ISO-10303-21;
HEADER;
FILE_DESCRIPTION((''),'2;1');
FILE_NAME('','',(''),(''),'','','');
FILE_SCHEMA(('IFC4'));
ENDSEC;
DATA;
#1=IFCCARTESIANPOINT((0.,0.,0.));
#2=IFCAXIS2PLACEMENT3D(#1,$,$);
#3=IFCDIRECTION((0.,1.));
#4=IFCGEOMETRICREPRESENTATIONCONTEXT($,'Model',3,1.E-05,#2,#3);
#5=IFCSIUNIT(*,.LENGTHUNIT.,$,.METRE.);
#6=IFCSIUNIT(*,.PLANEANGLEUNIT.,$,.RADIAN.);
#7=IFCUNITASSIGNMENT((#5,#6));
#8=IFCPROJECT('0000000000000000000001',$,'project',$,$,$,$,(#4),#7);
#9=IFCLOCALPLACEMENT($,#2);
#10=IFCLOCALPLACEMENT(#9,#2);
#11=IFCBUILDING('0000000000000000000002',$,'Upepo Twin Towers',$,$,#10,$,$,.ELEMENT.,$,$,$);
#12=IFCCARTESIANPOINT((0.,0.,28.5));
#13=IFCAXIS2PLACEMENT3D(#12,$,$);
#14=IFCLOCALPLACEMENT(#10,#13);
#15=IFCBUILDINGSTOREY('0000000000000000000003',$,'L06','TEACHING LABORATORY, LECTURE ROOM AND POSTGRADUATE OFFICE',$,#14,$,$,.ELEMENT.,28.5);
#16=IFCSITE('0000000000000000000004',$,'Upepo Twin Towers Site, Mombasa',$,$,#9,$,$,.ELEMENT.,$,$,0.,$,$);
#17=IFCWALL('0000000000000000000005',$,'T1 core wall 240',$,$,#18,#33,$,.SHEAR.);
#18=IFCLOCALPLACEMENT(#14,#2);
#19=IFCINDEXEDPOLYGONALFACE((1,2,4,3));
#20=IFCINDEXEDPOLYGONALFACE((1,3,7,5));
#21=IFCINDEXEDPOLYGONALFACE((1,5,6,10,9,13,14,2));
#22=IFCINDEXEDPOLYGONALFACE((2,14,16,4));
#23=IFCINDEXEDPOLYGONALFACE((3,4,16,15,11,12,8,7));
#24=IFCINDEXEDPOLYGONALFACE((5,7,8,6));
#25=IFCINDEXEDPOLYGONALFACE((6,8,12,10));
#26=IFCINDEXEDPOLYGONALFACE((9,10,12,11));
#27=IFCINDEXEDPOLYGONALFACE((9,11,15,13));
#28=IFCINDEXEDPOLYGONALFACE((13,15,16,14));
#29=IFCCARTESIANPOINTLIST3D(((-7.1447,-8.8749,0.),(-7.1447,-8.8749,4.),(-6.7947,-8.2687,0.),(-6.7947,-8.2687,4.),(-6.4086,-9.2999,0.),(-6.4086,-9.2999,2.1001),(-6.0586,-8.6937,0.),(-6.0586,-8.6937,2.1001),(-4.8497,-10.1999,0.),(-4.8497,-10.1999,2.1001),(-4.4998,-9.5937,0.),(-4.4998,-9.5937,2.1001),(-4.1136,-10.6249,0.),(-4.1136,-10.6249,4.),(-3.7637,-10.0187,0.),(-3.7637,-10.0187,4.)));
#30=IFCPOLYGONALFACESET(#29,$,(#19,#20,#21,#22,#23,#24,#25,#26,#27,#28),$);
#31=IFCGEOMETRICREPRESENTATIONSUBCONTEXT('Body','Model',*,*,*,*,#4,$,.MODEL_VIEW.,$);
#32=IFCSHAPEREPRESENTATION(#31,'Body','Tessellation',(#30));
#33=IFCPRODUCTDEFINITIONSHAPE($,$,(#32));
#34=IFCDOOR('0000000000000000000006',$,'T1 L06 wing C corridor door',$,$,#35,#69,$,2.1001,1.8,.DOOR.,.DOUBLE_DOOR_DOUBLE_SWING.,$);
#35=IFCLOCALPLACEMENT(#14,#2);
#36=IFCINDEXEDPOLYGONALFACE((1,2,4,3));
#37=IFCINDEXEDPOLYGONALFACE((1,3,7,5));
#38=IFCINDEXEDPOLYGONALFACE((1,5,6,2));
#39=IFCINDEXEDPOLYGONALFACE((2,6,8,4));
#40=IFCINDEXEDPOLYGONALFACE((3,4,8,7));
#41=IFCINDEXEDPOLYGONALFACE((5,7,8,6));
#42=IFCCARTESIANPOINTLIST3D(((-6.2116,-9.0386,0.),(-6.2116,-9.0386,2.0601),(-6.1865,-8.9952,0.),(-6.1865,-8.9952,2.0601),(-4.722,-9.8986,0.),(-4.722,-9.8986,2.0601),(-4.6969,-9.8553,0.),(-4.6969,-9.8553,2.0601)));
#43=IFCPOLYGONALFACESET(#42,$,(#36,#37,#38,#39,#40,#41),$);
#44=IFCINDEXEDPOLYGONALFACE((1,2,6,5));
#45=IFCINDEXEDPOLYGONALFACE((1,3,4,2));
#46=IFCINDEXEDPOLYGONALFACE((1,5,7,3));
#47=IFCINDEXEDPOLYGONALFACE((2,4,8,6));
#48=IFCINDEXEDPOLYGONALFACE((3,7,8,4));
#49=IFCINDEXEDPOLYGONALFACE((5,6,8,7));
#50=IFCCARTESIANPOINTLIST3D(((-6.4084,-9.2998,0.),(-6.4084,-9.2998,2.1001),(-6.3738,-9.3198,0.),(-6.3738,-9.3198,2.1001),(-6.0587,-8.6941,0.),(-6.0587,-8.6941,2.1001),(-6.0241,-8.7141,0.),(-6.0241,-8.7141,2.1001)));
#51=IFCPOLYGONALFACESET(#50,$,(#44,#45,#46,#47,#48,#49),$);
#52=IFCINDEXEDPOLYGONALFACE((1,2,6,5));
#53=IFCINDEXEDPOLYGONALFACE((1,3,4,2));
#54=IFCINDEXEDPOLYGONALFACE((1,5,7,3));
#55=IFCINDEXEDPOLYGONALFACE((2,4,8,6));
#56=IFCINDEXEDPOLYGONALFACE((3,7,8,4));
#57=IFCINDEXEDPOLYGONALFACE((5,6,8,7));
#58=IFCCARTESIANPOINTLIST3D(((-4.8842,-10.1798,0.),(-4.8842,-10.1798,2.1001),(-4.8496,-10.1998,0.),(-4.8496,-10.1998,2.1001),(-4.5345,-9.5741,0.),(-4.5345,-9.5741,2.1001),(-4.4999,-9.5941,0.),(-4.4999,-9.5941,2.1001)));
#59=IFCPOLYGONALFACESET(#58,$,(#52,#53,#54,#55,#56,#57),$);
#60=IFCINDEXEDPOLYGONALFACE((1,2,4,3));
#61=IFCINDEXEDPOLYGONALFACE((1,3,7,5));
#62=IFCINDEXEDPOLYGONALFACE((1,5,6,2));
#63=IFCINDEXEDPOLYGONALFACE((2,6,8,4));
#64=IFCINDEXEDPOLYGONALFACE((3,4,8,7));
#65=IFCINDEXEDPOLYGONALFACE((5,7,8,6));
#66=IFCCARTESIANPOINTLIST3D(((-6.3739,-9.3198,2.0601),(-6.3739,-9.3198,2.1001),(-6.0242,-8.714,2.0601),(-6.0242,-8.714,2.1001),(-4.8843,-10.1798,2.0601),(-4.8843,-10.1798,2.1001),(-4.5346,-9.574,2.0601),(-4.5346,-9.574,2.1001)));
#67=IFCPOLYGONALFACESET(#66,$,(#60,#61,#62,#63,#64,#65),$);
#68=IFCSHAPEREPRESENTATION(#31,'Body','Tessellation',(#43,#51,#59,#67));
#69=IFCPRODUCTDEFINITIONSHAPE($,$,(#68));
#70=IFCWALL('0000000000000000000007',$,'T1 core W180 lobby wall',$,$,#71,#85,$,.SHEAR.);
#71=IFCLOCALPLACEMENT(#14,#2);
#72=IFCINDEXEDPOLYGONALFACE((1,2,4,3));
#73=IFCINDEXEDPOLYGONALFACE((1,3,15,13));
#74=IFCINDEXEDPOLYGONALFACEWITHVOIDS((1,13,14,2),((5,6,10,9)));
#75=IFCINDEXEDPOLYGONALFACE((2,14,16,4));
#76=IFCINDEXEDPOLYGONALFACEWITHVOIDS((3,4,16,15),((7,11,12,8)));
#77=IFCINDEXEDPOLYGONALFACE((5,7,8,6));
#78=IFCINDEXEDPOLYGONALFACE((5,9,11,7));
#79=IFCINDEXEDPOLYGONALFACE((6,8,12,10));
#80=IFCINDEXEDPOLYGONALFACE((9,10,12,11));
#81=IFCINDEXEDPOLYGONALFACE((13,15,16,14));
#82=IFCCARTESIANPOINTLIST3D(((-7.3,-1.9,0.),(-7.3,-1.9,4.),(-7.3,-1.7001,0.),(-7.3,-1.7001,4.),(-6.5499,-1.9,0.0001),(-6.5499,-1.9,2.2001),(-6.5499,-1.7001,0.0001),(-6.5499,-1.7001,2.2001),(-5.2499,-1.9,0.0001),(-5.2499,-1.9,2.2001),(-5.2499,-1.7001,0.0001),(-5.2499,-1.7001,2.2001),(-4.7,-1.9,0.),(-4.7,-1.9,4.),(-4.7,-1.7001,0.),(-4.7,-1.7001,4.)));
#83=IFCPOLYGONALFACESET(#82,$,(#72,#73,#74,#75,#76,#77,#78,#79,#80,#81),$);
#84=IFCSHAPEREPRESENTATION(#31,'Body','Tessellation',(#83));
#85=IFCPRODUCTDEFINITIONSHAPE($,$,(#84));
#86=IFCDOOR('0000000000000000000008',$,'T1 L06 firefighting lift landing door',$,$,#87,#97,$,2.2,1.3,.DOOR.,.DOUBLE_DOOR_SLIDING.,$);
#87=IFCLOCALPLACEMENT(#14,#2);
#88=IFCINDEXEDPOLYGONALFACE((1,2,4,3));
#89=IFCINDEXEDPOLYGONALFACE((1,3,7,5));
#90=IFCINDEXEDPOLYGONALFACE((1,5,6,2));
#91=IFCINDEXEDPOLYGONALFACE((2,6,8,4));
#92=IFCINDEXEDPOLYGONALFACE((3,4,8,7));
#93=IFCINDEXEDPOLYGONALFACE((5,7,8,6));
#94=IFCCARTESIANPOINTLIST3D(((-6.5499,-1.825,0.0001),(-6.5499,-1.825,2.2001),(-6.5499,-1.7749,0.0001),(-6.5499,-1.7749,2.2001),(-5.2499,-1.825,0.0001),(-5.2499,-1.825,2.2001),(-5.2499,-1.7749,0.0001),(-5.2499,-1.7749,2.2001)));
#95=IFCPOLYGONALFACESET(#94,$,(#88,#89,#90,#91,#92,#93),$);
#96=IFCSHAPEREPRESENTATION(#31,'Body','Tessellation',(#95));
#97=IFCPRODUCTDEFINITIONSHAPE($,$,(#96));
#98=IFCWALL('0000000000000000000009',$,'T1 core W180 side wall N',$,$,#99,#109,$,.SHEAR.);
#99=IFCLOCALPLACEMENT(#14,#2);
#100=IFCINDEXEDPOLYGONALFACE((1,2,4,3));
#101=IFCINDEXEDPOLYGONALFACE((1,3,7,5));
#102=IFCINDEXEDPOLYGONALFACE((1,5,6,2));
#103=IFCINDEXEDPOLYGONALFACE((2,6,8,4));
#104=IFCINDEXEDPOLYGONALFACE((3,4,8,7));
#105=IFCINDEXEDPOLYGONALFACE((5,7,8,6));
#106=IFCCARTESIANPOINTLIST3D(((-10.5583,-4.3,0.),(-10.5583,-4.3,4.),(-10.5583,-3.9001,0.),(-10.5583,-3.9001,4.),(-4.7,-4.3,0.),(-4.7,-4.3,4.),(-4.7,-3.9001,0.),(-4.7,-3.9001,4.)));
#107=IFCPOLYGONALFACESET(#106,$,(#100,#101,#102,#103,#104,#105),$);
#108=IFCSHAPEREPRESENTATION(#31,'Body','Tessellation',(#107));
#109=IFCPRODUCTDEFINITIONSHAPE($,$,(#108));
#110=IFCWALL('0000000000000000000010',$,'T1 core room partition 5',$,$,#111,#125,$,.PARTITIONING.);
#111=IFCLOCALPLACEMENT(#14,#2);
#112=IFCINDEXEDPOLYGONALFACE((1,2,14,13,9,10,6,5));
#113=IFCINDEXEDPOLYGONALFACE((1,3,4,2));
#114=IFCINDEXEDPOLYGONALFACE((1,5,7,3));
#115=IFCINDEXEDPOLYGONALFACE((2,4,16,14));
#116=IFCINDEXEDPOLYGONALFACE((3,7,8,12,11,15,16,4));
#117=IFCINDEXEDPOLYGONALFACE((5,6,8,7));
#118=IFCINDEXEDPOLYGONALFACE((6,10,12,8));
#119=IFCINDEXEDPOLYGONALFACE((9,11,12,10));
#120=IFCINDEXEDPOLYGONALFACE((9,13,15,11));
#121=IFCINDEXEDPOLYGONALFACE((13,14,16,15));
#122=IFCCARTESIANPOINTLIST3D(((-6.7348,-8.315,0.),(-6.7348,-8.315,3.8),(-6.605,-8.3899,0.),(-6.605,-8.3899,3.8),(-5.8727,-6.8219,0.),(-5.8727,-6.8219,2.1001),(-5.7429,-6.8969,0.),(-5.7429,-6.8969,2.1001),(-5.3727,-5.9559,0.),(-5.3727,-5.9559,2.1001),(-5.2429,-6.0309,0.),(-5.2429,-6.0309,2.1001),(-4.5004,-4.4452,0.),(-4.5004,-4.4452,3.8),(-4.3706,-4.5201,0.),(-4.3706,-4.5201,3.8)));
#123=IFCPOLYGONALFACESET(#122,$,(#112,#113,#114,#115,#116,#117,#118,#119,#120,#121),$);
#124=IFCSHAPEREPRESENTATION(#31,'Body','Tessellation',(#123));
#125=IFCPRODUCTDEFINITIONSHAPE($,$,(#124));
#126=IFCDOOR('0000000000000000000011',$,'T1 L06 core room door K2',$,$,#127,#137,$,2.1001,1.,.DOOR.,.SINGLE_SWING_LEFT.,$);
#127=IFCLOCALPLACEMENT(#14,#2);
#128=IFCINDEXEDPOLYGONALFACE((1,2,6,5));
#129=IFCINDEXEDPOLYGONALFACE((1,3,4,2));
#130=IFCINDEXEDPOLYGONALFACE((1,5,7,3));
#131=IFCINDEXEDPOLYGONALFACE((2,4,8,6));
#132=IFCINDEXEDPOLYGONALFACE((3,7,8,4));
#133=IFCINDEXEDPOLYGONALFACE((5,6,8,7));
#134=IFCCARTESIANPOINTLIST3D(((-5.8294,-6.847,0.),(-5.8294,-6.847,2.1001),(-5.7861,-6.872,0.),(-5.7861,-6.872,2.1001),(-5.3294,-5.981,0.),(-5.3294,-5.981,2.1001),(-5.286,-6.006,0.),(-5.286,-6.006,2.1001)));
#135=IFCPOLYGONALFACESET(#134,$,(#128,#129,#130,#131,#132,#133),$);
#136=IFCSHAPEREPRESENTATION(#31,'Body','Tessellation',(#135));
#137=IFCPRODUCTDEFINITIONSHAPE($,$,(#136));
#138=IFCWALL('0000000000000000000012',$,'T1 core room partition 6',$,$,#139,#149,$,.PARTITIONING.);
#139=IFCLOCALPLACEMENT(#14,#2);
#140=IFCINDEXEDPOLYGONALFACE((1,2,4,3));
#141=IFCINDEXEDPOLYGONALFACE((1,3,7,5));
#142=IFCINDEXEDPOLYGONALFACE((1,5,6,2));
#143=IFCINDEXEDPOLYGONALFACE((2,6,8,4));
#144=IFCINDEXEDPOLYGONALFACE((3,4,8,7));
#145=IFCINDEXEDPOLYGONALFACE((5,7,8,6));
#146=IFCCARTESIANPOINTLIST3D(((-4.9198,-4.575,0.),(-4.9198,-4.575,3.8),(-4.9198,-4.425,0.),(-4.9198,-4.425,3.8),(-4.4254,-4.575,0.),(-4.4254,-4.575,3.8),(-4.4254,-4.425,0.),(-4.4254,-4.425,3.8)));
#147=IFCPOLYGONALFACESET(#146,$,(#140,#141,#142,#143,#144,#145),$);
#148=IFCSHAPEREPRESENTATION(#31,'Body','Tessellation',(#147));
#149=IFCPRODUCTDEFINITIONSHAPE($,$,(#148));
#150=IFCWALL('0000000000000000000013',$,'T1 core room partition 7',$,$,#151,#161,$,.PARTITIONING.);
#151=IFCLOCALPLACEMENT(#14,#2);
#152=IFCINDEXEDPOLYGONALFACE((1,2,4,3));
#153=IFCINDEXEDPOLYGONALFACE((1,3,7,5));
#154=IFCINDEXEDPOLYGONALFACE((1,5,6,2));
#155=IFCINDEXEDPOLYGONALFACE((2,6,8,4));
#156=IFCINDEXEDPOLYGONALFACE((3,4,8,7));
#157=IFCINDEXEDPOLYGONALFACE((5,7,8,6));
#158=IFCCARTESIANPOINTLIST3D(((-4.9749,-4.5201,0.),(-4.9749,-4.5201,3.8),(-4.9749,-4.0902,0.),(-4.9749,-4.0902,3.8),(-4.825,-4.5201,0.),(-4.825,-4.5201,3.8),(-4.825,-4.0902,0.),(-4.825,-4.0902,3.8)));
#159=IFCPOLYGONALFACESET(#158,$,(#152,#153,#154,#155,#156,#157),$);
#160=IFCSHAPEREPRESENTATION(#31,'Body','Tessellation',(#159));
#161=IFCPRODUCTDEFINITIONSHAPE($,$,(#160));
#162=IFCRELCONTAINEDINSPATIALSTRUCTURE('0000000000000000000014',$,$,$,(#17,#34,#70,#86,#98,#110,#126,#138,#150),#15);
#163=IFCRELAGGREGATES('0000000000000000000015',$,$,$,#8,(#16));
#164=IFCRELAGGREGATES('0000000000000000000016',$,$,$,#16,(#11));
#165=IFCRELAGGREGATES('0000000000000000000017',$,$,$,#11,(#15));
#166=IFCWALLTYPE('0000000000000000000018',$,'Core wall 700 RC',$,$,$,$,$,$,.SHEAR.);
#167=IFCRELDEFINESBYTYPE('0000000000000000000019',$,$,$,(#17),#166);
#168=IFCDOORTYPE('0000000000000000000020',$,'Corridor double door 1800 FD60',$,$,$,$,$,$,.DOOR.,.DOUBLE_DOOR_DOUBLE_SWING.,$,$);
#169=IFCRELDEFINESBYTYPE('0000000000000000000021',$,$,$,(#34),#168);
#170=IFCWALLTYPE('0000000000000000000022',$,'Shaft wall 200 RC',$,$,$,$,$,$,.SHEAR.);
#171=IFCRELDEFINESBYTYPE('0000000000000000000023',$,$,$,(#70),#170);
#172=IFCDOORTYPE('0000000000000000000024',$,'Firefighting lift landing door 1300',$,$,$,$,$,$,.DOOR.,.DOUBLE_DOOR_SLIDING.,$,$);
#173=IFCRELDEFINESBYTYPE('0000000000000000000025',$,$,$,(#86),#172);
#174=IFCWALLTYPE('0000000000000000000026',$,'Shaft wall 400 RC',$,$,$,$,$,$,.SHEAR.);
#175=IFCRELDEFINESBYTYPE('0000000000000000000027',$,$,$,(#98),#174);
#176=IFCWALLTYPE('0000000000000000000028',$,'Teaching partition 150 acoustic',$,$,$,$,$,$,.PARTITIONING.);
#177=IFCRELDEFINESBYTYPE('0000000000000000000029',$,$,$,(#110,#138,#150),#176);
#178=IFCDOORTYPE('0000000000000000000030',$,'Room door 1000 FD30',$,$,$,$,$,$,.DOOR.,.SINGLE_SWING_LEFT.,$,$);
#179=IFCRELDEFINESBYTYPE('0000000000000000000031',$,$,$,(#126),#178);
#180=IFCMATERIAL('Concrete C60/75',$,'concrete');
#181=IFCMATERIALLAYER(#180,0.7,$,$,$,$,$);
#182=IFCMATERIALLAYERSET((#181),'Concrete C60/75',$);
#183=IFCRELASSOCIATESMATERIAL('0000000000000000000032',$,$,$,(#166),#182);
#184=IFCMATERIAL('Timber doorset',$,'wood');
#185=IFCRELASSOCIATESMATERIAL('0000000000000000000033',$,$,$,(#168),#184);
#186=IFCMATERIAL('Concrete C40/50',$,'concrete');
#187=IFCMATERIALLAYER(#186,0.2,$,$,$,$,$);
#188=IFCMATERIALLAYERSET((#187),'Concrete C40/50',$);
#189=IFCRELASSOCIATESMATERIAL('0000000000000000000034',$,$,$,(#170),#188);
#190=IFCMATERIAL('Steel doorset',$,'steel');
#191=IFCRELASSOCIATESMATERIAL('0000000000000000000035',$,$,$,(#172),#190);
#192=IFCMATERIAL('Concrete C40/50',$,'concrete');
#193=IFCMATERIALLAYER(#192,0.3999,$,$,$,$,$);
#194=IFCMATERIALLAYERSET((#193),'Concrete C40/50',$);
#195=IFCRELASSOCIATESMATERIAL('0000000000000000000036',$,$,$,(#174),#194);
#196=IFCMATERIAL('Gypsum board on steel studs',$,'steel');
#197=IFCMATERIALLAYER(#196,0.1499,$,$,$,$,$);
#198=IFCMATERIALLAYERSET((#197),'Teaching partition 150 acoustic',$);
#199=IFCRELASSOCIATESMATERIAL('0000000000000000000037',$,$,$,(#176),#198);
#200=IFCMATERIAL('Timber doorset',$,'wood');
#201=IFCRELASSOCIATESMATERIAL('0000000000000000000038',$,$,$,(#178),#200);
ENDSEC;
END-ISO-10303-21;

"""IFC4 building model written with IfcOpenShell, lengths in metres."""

from ifc_helpers import new_model, si_unit, direction, frame, frame_2d, origin, place, context, subcontext, project, spatial, rectangle, extrude, material, layer, layer_set, type_object, element, fill, save


model = new_model("IFC4")

# Units and contexts
model_context = context("Model", 3, precision=1e-05, world=origin(), true_north=direction((0.0, 1.0)))
body_context = subcontext(model_context, "Body", "Model", "MODEL_VIEW")
ifc_project = project(units=[si_unit("LENGTHUNIT", "METRE"), si_unit("PLANEANGLEUNIT", "RADIAN")], contexts=[model_context])

# Site, building, storey
site_placement = place(None, origin())
site = spatial("IfcSite", under=ifc_project, at=site_placement, Name="Upepo Twin Towers Site, Mombasa", CompositionType="ELEMENT", RefElevation=0.0)
building_placement = place(site_placement, origin())
building = spatial("IfcBuilding", under=site, at=building_placement, Name="Upepo Twin Towers", CompositionType="ELEMENT")
storey_placement = place(building_placement, frame((0.0, 0.0, 28.5)))
storey = spatial("IfcBuildingStorey", under=building, at=storey_placement, Name="L06", Description="TEACHING LABORATORY, LECTURE ROOM AND POSTGRADUATE OFFICE", CompositionType="ELEMENT", Elevation=28.5)

# Shared definitions
ifc_material_1 = material(Name="Concrete C60/75", Category="concrete")
ifc_layer_1 = layer(ifc_material_1, 0.7)
ifc_layer_set_1 = layer_set([ifc_layer_1], Name="Concrete C60/75")
wall_type_1 = type_object("IfcWallType", Name="Core wall 700 RC", PredefinedType="SHEAR", material=ifc_layer_set_1)

# Walls, openings, doors
wall_1_placement = place(storey_placement, frame((-6.9697, -8.5718, 0.0), z_axis=(0.0, 0.0, 1.0), x_axis=(0.866019, -0.50001, 0.0)))
wall_1 = element("IfcWall", 1, at=wall_1_placement, inside=storey, type_object=wall_type_1, Name="T1 core wall 240", PredefinedType="SHEAR", context=body_context, shape_type="SweptSolid", body=[
    extrude(rectangle(XDim=3.5, YDim=0.7, at=frame_2d((1.75, 0.0))), origin(), (0.0, 0.0, 1.0), 4.0),
])
opening_1_placement = place(wall_1_placement, frame((0.8501, 0.0, 0.0)))
opening_1 = element("IfcOpeningElement", 2, at=opening_1_placement, cuts=wall_1, PredefinedType="OPENING", context=body_context, shape_type="SweptSolid", body=[
    extrude(rectangle(XDim=1.8, YDim=2.1001, at=frame_2d((0.8999, 1.05))), frame((0.0, 0.3599, 0.0), z_axis=(0.0, -1.0, 0.0), x_axis=(1.0, 0.0, 0.0)), (0.0, 0.0, 1.0), 0.72),
])
ifc_material_2 = material(Name="Timber doorset", Category="wood")
door_type_1 = type_object("IfcDoorType", Name="Corridor double door 1800 FD60", OperationType="DOUBLE_DOOR_DOUBLE_SWING", PredefinedType="DOOR", material=ifc_material_2)
door_1_placement = place(opening_1_placement, origin())
door_1 = element("IfcDoor", 3, at=door_1_placement, inside=storey, type_object=door_type_1, Name="T1 L06 wing C corridor door", OperationType="DOUBLE_DOOR_DOUBLE_SWING", OverallHeight=2.1001, OverallWidth=1.8, PredefinedType="DOOR", context=body_context, shape_type="SweptSolid", body=[
    extrude(rectangle(XDim=1.72, YDim=2.0601, at=frame_2d((0.8999, 1.03))), frame((0.0, 0.0249, 0.0), z_axis=(0.0, -1.0, 0.0), x_axis=(1.0, 0.0, 0.0)), (0.0, 0.0, 1.0), 0.05),
    extrude(rectangle(XDim=0.04, YDim=2.1001, at=frame_2d((0.02, 1.05))), frame((0.0, 0.3496, 0.0), z_axis=(0.0, -1.0, 0.0), x_axis=(1.0, 0.0, 0.0)), (0.0, 0.0, 1.0), 0.6995),
    extrude(rectangle(XDim=0.04, YDim=2.1001, at=frame_2d((1.78, 1.05))), frame((0.0, 0.3496, 0.0), z_axis=(0.0, -1.0, 0.0), x_axis=(1.0, 0.0, 0.0)), (0.0, 0.0, 1.0), 0.6995),
    extrude(rectangle(XDim=1.72, YDim=0.04, at=frame_2d((0.8999, 2.0801))), frame((0.0, 0.3496, 0.0), z_axis=(0.0, -1.0, 0.0), x_axis=(1.0, 0.0, 0.0)), (0.0, 0.0, 1.0), 0.6995),
])
fill(opening_1, door_1)
ifc_material_3 = material(Name="Concrete C40/50", Category="concrete")
ifc_layer_2 = layer(ifc_material_3, 0.2)
ifc_layer_set_2 = layer_set([ifc_layer_2], Name="Concrete C40/50")
wall_type_2 = type_object("IfcWallType", Name="Shaft wall 200 RC", PredefinedType="SHEAR", material=ifc_layer_set_2)
wall_2_placement = place(storey_placement, frame((-4.7, -1.8, 0.0), z_axis=(0.0, 0.0, 1.0), x_axis=(-1.0, 0.0, 0.0)))
wall_2 = element("IfcWall", 4, at=wall_2_placement, inside=storey, type_object=wall_type_2, Name="T1 core W180 lobby wall", PredefinedType="SHEAR", context=body_context, shape_type="SweptSolid", body=[
    extrude(rectangle(XDim=2.6001, YDim=0.2, at=frame_2d((1.3, 0.0))), origin(), (0.0, 0.0, 1.0), 4.0),
])
opening_2_placement = place(wall_2_placement, frame((0.55, 0.0, 0.0)))
opening_2 = element("IfcOpeningElement", 5, at=opening_2_placement, cuts=wall_2, PredefinedType="OPENING", context=body_context, shape_type="SweptSolid", body=[
    extrude(rectangle(XDim=1.3, YDim=2.2, at=frame_2d((0.6499, 1.1001))), frame((0.0, 0.1099, 0.0), z_axis=(0.0, -1.0, 0.0), x_axis=(1.0, 0.0, 0.0)), (0.0, 0.0, 1.0), 0.22),
])
ifc_material_4 = material(Name="Steel doorset", Category="steel")
door_type_2 = type_object("IfcDoorType", Name="Firefighting lift landing door 1300", OperationType="DOUBLE_DOOR_SLIDING", PredefinedType="DOOR", material=ifc_material_4)
door_2_placement = place(opening_2_placement, origin())
door_2 = element("IfcDoor", 6, at=door_2_placement, inside=storey, type_object=door_type_2, Name="T1 L06 firefighting lift landing door", OperationType="DOUBLE_DOOR_SLIDING", OverallHeight=2.2, OverallWidth=1.3, PredefinedType="DOOR", context=body_context, shape_type="SweptSolid", body=[
    extrude(rectangle(XDim=1.3, YDim=2.2, at=frame_2d((0.6499, 1.1001))), frame((0.0, 0.0249, 0.0), z_axis=(0.0, -1.0, 0.0), x_axis=(1.0, 0.0, 0.0)), (0.0, 0.0, 1.0), 0.05),
])
fill(opening_2, door_2)

# Wall
ifc_material_5 = material(Name="Concrete C40/50", Category="concrete")
ifc_layer_3 = layer(ifc_material_5, 0.3999)
ifc_layer_set_3 = layer_set([ifc_layer_3], Name="Concrete C40/50")
wall_type_3 = type_object("IfcWallType", Name="Shaft wall 400 RC", PredefinedType="SHEAR", material=ifc_layer_set_3)
wall_3_placement = place(storey_placement, frame((-4.7, -4.1001, 0.0), z_axis=(0.0, 0.0, 1.0), x_axis=(-1.0, 0.0, 0.0)))
element("IfcWall", 7, at=wall_3_placement, inside=storey, type_object=wall_type_3, Name="T1 core W180 side wall N", PredefinedType="SHEAR", context=body_context, shape_type="SweptSolid", body=[
    extrude(rectangle(XDim=5.8584, YDim=0.3999, at=frame_2d((2.9292, 0.0))), origin(), (0.0, 0.0, 1.0), 4.0),
])

# Wall, opening, door
ifc_material_6 = material(Name="Gypsum board on steel studs", Category="steel")
ifc_layer_4 = layer(ifc_material_6, 0.1499)
ifc_layer_set_4 = layer_set([ifc_layer_4], Name="Teaching partition 150 acoustic")
wall_type_4 = type_object("IfcWallType", Name="Teaching partition 150 acoustic", PredefinedType="PARTITIONING", material=ifc_layer_set_4)
wall_4_placement = place(storey_placement, frame((-6.6699, -8.3525, 0.0), z_axis=(0.0, 0.0, 1.0), x_axis=(0.500017, 0.866015, 0.0)))
wall_4 = element("IfcWall", 8, at=wall_4_placement, inside=storey, type_object=wall_type_4, Name="T1 core room partition 5", PredefinedType="PARTITIONING", context=body_context, shape_type="SweptSolid", body=[
    extrude(rectangle(XDim=4.4685, YDim=0.1499, at=frame_2d((2.2344, 0.0))), origin(), (0.0, 0.0, 1.0), 3.8),
])
opening_3_placement = place(wall_4_placement, frame((1.7241, 0.0, 0.0)))
opening_3 = element("IfcOpeningElement", 9, at=opening_3_placement, cuts=wall_4, PredefinedType="OPENING", context=body_context, shape_type="SweptSolid", body=[
    extrude(rectangle(XDim=1.0, YDim=2.1001, at=frame_2d((0.5, 1.05))), frame((0.0, 0.085, 0.0), z_axis=(0.0, -1.0, 0.0), x_axis=(1.0, 0.0, 0.0)), (0.0, 0.0, 1.0), 0.1699),
])
ifc_material_7 = material(Name="Timber doorset", Category="wood")
door_type_3 = type_object("IfcDoorType", Name="Room door 1000 FD30", OperationType="SINGLE_SWING_LEFT", PredefinedType="DOOR", material=ifc_material_7)
door_3_placement = place(opening_3_placement, origin())
door_3 = element("IfcDoor", 10, at=door_3_placement, inside=storey, type_object=door_type_3, Name="T1 L06 core room door K2", OperationType="SINGLE_SWING_LEFT", OverallHeight=2.1001, OverallWidth=1.0, PredefinedType="DOOR", context=body_context, shape_type="SweptSolid", body=[
    extrude(rectangle(XDim=1.0, YDim=2.1001, at=frame_2d((0.5, 1.05))), frame((0.0, 0.0249, 0.0), z_axis=(0.0, -1.0, 0.0), x_axis=(1.0, 0.0, 0.0)), (0.0, 0.0, 1.0), 0.05),
])
fill(opening_3, door_3)

# Walls
wall_5_placement = place(storey_placement, frame((-4.4255, -4.5, 0.0), z_axis=(0.0, 0.0, 1.0), x_axis=(-1.0, 0.0, 0.0)))
element("IfcWall", 11, at=wall_5_placement, inside=storey, type_object=wall_type_4, Name="T1 core room partition 6", PredefinedType="PARTITIONING", context=body_context, shape_type="SweptSolid", body=[
    extrude(rectangle(XDim=0.4944, YDim=0.1499, at=frame_2d((0.2471, 0.0))), origin(), (0.0, 0.0, 1.0), 3.8),
])
wall_6_placement = place(storey_placement, frame((-4.8999, -4.52, 0.0), z_axis=(0.0, 0.0, 1.0), x_axis=(0.0, 1.0, 0.0)))
element("IfcWall", 12, at=wall_6_placement, inside=storey, type_object=wall_type_4, Name="T1 core room partition 7", PredefinedType="PARTITIONING", context=body_context, shape_type="SweptSolid", body=[
    extrude(rectangle(XDim=0.4299, YDim=0.1499, at=frame_2d((0.2148, 0.0))), origin(), (0.0, 0.0, 1.0), 3.8),
])

save(model, "model.ifc")
